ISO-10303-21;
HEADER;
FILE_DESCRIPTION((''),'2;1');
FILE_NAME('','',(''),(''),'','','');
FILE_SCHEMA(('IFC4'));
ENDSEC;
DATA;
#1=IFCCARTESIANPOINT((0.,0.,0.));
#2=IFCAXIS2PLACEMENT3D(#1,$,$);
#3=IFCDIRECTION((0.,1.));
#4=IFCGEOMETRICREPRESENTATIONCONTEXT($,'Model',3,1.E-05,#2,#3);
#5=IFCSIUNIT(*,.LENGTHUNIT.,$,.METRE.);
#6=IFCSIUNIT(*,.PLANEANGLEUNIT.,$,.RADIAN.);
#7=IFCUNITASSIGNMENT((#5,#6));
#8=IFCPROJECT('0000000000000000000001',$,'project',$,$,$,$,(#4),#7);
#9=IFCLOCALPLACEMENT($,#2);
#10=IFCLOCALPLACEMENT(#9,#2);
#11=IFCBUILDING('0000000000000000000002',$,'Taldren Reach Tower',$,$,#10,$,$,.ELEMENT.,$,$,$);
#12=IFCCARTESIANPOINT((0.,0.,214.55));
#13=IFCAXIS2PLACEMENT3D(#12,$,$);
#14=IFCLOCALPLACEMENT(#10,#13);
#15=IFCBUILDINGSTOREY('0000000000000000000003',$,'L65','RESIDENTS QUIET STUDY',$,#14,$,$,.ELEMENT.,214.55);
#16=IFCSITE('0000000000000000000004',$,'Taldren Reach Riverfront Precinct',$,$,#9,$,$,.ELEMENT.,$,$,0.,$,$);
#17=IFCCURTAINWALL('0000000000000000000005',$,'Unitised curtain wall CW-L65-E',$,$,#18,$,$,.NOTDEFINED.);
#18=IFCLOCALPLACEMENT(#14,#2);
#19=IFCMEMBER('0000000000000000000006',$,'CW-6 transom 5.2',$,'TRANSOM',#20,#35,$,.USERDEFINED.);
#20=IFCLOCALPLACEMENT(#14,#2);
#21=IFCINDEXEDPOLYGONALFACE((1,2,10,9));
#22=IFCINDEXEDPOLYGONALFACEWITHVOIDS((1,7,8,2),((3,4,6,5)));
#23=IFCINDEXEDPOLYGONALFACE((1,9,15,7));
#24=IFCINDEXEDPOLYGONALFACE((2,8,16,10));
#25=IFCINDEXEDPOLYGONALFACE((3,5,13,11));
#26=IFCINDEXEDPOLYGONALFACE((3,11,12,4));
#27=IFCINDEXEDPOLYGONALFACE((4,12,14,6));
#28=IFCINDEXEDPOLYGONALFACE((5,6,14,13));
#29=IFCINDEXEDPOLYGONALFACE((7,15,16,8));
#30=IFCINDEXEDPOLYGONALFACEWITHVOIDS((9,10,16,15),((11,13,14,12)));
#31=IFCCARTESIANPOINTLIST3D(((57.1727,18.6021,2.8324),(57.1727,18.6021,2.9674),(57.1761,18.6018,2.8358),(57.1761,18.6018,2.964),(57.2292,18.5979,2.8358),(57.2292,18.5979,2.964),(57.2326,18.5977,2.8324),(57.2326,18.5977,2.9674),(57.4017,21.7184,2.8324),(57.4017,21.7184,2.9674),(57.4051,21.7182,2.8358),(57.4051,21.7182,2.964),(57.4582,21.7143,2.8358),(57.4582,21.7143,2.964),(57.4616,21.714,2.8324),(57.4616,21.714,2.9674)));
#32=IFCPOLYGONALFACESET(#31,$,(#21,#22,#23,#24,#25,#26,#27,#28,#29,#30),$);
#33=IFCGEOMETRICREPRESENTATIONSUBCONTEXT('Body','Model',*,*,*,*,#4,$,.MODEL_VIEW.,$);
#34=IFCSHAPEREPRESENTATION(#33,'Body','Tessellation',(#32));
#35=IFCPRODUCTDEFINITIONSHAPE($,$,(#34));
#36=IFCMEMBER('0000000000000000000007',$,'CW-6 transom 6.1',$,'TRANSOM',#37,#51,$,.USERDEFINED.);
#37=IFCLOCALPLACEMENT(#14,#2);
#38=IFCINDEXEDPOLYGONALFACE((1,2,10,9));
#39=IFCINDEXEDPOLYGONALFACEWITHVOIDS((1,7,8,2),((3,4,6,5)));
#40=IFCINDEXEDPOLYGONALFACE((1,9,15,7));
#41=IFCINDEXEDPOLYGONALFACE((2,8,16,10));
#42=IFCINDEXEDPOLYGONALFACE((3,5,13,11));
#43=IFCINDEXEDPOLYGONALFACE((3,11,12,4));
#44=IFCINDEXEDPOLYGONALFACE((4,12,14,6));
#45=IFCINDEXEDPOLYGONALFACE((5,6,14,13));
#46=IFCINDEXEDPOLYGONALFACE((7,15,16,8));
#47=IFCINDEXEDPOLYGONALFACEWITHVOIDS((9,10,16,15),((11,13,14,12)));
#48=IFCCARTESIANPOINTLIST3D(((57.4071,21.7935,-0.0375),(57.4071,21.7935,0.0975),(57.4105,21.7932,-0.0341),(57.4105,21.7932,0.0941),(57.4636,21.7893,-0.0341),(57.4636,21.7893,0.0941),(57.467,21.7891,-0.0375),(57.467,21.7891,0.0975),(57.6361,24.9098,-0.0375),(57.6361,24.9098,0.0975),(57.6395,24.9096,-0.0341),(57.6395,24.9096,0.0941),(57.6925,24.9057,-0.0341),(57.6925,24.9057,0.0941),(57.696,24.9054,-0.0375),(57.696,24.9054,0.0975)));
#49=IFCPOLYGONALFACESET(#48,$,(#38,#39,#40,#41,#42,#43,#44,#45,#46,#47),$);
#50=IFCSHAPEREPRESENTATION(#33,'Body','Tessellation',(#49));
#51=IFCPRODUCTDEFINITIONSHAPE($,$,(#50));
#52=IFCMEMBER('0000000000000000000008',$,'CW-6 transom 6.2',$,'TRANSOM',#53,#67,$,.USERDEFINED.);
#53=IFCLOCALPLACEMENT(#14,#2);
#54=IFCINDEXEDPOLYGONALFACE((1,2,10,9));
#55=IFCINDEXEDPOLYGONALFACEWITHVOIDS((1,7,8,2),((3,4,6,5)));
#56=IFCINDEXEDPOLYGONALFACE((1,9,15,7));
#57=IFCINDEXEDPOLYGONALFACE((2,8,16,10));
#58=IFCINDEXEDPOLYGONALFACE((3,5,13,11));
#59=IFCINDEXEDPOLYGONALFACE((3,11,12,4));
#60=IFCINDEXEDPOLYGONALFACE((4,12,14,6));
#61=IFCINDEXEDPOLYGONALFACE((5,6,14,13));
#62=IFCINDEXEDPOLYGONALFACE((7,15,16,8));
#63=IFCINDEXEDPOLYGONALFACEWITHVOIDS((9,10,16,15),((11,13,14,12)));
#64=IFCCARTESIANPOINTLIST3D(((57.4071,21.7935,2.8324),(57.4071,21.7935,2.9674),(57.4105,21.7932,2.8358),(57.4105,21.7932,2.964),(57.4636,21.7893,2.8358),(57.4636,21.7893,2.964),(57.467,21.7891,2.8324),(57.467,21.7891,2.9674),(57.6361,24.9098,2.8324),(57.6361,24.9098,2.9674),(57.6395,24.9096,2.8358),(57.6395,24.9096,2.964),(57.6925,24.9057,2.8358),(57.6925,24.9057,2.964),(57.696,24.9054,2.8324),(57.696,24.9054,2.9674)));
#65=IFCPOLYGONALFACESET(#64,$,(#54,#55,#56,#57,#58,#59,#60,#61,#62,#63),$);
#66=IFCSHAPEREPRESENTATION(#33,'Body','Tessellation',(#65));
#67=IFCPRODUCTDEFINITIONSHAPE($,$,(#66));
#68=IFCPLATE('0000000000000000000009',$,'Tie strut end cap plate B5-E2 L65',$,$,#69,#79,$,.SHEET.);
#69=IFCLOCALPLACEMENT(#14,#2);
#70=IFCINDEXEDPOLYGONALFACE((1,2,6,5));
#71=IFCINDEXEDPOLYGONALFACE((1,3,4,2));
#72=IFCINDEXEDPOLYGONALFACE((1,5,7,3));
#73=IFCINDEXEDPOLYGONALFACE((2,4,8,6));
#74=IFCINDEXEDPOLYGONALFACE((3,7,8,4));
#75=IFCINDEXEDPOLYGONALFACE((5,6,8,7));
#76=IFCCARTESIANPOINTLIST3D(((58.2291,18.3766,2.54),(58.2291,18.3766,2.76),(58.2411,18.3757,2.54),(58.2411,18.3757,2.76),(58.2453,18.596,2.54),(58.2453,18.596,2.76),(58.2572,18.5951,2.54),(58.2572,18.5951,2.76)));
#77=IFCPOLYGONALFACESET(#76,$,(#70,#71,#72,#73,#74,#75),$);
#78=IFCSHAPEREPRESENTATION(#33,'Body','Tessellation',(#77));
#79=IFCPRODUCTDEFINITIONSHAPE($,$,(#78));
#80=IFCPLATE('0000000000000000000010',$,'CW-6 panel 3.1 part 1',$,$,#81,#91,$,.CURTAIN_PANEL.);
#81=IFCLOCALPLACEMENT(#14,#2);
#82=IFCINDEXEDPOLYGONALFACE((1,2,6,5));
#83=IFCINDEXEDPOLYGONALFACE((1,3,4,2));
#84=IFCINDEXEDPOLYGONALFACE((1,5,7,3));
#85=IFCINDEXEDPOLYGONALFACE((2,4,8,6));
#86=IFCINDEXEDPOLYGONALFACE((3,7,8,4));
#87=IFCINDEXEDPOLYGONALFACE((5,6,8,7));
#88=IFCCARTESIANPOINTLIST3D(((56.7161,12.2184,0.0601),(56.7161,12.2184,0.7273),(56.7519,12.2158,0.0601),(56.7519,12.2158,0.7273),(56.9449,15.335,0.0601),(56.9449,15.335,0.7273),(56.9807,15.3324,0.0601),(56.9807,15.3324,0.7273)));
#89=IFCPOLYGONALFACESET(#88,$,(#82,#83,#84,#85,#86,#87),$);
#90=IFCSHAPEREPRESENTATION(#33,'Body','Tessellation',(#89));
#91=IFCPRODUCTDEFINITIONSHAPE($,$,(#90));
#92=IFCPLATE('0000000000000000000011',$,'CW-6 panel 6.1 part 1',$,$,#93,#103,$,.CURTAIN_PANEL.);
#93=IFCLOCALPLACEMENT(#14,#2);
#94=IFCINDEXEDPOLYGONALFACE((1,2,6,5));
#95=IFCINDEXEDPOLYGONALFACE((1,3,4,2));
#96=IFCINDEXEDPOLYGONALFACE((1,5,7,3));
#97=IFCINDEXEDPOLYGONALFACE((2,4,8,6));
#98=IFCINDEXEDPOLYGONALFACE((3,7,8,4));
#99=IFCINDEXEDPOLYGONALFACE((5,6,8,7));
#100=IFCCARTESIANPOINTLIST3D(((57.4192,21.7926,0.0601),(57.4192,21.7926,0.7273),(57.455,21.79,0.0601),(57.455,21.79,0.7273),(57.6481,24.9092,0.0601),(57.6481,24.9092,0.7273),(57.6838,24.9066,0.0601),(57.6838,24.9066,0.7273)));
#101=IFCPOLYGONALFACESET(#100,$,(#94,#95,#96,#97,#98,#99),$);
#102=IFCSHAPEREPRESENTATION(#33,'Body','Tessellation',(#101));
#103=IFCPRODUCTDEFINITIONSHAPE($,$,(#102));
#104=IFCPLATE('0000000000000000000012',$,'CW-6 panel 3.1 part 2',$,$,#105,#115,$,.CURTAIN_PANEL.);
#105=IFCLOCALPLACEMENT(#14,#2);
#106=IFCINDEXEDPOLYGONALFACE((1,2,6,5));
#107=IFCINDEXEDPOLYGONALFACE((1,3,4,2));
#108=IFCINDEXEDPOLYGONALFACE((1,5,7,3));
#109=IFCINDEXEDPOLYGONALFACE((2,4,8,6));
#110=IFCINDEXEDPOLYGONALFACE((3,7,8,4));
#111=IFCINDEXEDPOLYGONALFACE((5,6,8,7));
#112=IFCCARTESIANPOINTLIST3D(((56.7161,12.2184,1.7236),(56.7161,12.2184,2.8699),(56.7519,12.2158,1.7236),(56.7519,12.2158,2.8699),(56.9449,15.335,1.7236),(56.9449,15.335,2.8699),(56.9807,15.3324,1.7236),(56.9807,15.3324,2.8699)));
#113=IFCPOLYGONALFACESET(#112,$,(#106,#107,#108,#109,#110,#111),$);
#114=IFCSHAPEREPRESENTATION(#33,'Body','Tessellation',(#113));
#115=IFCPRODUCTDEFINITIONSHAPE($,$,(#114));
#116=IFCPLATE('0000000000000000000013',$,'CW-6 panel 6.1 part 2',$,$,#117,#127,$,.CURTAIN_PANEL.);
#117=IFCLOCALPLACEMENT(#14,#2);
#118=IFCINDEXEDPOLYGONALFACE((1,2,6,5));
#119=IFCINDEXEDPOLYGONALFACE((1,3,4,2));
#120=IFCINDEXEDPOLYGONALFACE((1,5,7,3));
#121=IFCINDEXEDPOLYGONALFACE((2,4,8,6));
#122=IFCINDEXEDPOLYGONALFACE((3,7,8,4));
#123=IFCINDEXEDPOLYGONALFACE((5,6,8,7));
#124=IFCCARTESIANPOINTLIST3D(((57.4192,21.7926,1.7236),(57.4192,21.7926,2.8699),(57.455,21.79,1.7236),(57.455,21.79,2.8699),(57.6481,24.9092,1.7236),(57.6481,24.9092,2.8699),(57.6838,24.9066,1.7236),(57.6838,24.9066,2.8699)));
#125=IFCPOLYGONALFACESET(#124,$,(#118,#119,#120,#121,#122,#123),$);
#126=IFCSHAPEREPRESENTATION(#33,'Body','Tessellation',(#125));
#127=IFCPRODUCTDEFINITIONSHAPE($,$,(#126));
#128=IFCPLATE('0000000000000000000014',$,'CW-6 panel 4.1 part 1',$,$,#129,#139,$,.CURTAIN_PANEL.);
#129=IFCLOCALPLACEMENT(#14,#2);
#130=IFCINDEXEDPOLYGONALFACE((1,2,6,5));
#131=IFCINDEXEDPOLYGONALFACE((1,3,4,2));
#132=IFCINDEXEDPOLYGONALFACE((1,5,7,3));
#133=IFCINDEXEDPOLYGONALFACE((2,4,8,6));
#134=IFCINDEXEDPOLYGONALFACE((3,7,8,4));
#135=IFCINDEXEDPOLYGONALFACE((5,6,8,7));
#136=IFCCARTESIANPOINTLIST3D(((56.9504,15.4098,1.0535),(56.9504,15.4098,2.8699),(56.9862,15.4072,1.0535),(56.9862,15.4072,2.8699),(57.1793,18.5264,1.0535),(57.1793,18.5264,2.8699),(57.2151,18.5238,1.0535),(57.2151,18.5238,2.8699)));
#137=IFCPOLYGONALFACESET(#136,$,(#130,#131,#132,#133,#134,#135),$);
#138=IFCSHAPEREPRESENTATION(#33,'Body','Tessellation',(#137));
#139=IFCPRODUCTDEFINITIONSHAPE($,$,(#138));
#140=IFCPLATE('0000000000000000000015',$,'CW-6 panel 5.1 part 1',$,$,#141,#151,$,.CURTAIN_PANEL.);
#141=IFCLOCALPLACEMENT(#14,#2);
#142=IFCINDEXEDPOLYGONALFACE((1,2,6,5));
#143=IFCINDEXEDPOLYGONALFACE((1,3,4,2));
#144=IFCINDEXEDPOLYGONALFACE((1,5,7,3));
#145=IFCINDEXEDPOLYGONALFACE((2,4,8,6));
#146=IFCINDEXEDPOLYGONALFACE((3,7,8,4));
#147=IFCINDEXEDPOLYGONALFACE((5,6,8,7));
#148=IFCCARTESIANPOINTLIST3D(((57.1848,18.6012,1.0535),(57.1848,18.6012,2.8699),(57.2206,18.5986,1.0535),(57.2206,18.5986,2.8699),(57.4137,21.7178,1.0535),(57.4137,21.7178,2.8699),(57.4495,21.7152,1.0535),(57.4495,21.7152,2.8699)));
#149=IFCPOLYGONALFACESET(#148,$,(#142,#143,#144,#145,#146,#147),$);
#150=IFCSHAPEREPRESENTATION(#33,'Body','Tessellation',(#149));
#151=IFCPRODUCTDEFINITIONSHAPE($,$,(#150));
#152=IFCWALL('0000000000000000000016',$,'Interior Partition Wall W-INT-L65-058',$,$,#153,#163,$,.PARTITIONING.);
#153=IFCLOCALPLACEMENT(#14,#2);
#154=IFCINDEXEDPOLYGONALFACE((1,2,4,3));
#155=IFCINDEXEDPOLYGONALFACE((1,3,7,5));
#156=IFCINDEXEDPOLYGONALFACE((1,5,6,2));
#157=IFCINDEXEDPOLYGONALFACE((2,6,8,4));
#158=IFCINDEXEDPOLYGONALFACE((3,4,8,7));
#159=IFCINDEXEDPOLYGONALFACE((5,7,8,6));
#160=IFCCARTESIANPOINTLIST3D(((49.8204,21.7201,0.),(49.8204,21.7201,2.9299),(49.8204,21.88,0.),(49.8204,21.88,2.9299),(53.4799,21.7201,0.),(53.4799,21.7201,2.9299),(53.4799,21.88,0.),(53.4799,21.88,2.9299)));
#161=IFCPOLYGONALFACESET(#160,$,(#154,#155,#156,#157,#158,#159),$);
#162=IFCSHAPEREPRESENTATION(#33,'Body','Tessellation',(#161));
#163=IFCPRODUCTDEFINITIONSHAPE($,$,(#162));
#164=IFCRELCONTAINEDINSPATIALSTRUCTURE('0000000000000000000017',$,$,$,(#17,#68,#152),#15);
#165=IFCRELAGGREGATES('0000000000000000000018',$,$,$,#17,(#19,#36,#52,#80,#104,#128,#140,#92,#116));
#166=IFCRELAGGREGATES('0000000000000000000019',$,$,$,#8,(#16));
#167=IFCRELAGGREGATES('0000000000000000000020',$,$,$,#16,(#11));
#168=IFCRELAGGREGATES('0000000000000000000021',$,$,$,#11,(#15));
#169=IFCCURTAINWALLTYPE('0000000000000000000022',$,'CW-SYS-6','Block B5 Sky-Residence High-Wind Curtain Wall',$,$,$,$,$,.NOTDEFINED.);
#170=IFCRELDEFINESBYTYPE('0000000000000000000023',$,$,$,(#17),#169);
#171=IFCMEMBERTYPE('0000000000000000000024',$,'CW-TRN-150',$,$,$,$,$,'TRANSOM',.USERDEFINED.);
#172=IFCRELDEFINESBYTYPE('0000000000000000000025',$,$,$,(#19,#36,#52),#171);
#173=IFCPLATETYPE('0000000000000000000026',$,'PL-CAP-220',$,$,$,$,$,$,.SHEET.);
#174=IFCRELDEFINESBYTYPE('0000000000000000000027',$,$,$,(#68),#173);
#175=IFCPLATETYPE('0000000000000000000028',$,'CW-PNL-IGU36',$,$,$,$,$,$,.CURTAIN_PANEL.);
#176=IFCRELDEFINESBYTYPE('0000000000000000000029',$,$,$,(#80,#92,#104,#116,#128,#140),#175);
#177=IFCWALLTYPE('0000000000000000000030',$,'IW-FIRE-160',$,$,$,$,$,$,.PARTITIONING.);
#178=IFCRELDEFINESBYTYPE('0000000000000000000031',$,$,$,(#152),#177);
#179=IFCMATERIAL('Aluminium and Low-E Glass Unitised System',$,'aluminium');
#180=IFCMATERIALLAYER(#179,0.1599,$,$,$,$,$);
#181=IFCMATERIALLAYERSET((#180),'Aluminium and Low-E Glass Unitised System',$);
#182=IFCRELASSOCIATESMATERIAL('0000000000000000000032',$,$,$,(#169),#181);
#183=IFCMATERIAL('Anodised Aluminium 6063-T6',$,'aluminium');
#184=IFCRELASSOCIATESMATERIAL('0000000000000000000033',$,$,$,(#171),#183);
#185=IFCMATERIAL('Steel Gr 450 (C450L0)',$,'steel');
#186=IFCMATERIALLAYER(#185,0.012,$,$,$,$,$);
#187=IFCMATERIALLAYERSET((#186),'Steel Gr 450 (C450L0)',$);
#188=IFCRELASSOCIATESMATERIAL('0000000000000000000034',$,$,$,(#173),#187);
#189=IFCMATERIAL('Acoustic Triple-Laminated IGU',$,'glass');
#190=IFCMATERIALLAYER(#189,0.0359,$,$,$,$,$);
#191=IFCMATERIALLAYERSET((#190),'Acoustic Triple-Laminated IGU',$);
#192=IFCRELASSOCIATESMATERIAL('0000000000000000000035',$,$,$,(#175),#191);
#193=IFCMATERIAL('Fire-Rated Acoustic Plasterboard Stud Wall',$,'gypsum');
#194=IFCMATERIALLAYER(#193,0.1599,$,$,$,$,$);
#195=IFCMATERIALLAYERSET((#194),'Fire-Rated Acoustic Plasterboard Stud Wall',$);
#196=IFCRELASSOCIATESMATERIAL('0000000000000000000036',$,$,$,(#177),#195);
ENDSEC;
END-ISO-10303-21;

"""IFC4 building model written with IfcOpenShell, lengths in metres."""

from ifc_helpers import new_model, si_unit, direction, frame, frame_2d, origin, origin_2d, place, context, subcontext, project, spatial, rectangle, hollow_rectangle, extrude, source, transform, mapped, material, layer, layer_set, material_profile, profile_set, type_object, element, aggregate, save


model = new_model("IFC4")

# Units and contexts
model_context = context("Model", 3, precision=1e-05, world=origin(), true_north=direction((0.0, 1.0)))
body_context = subcontext(model_context, "Body", "Model", "MODEL_VIEW")
ifc_project = project(units=[si_unit("LENGTHUNIT", "METRE"), si_unit("PLANEANGLEUNIT", "RADIAN")], contexts=[model_context])

# Site, building, storey
site_placement = place(None, origin())
site = spatial("IfcSite", under=ifc_project, at=site_placement, Name="Taldren Reach Riverfront Precinct", CompositionType="ELEMENT", RefElevation=0.0)
building_placement = place(site_placement, origin())
building = spatial("IfcBuilding", under=site, at=building_placement, Name="Taldren Reach Tower", CompositionType="ELEMENT")
storey_placement = place(building_placement, frame((0.0, 0.0, 214.55)))
storey = spatial("IfcBuildingStorey", under=building, at=storey_placement, Name="L65", Description="RESIDENTS QUIET STUDY", CompositionType="ELEMENT", Elevation=214.55)

# Shared definitions
ifc_material_1 = material(Name="Steel Gr 450 (C450L0)", Category="steel")

# Curtain wall, members
ifc_material_2 = material(Name="Aluminium and Low-E Glass Unitised System", Category="aluminium")
ifc_layer_1 = layer(ifc_material_2, 0.1599)
ifc_layer_set_1 = layer_set([ifc_layer_1], Name="Aluminium and Low-E Glass Unitised System")
curtain_wall_type = type_object("IfcCurtainWallType", Name="CW-SYS-6", Description="Block B5 Sky-Residence High-Wind Curtain Wall", PredefinedType="NOTDEFINED", material=ifc_layer_set_1)
curtain_wall_placement = place(storey_placement, origin())
curtain_wall = element("IfcCurtainWall", 1, at=curtain_wall_placement, inside=storey, type_object=curtain_wall_type, Name="Unitised curtain wall CW-L65-E", PredefinedType="NOTDEFINED")
ifc_material_3 = material(Name="Anodised Aluminium 6063-T6", Category="aluminium")
ifc_material_profile_1 = material_profile(ifc_material_3, hollow_rectangle(XDim=0.0601, YDim=0.135, WallThickness=0.0034, at=origin_2d()), Name="ALU-135x60x3.5RHS")
ifc_profile_set_1 = profile_set([ifc_material_profile_1], Name="Anodised Aluminium 6063-T6")
member_type_1 = type_object("IfcMemberType", Name="CW-TRN-150", ElementType="TRANSOM", PredefinedType="USERDEFINED", material=ifc_profile_set_1)
shared_shape_1 = source(origin(), body_context, "Body", "SweptSolid", [
    extrude(hollow_rectangle(XDim=0.0601, YDim=0.135, WallThickness=0.0034, at=origin_2d()), origin(), (0.0, 0.0, 1.0), 3.1248),
])
member_1_placement = place(storey_placement, frame((57.2026, 18.5999, 2.8999), z_axis=(0.073285, 0.997311, 0.0), x_axis=(-0.997311, 0.073285, 0.0)))
member_1 = element("IfcMember", 2, at=member_1_placement, type_object=member_type_1, Name="CW-6 transom 5.2", ObjectType="TRANSOM", PredefinedType="USERDEFINED", context=body_context, shape_type="MappedRepresentation", body=[
    mapped(shared_shape_1, transform((0.0, 0.0, 0.0), scale=1.0)),
])
member_2_placement = place(storey_placement, frame((57.437, 21.7913, 0.03), z_axis=(0.073285, 0.997311, 0.0), x_axis=(-0.997311, 0.073285, 0.0)))
member_2 = element("IfcMember", 3, at=member_2_placement, type_object=member_type_1, Name="CW-6 transom 6.1", ObjectType="TRANSOM", PredefinedType="USERDEFINED", context=body_context, shape_type="MappedRepresentation", body=[
    mapped(shared_shape_1, transform((0.0, 0.0, 0.0), scale=1.0)),
])
member_3_placement = place(storey_placement, frame((57.437, 21.7913, 2.8999), z_axis=(0.073285, 0.997311, 0.0), x_axis=(-0.997311, 0.073285, 0.0)))
member_3 = element("IfcMember", 4, at=member_3_placement, type_object=member_type_1, Name="CW-6 transom 6.2", ObjectType="TRANSOM", PredefinedType="USERDEFINED", context=body_context, shape_type="MappedRepresentation", body=[
    mapped(shared_shape_1, transform((0.0, 0.0, 0.0), scale=1.0)),
])

# Plates
ifc_layer_2 = layer(ifc_material_1, 0.012)
ifc_layer_set_2 = layer_set([ifc_layer_2], Name="Steel Gr 450 (C450L0)")
plate_type_1 = type_object("IfcPlateType", Name="PL-CAP-220", PredefinedType="SHEET", material=ifc_layer_set_2)
shared_shape_2 = source(origin(), body_context, "Body", "SweptSolid", [
    extrude(rectangle(XDim=0.012, YDim=0.22, at=origin_2d()), origin(), (0.0, 0.0, 1.0), 0.22),
])
plate_1_placement = place(storey_placement, frame((58.2432, 18.4858, 2.54), z_axis=(0.0, 0.0, 1.0), x_axis=(0.997314, -0.073238, 0.0)))
element("IfcPlate", 5, at=plate_1_placement, inside=storey, type_object=plate_type_1, Name="Tie strut end cap plate B5-E2 L65", PredefinedType="SHEET", context=body_context, shape_type="MappedRepresentation", body=[
    mapped(shared_shape_2, transform((0.0, 0.0, 0.0), scale=1.0)),
])
ifc_material_4 = material(Name="Acoustic Triple-Laminated IGU", Category="glass")
ifc_layer_3 = layer(ifc_material_4, 0.0359)
ifc_layer_set_3 = layer_set([ifc_layer_3], Name="Acoustic Triple-Laminated IGU")
plate_type_2 = type_object("IfcPlateType", Name="CW-PNL-IGU36", PredefinedType="CURTAIN_PANEL", material=ifc_layer_set_3)
shared_shape_3 = source(origin(), body_context, "Body", "SweptSolid", [
    extrude(rectangle(XDim=3.125, YDim=0.0359, at=origin_2d()), origin(), (0.0, 0.0, 1.0), 0.6672),
])
plate_2_placement = place(storey_placement, frame((56.8484, 13.7754, 0.0601), z_axis=(0.0, 0.0, 1.0), x_axis=(0.073238, 0.997314, 0.0)))
plate_2 = element("IfcPlate", 6, at=plate_2_placement, type_object=plate_type_2, Name="CW-6 panel 3.1 part 1", PredefinedType="CURTAIN_PANEL", context=body_context, shape_type="MappedRepresentation", body=[
    mapped(shared_shape_3, transform((0.0, 0.0, 0.0), scale=1.0)),
])
plate_3_placement = place(storey_placement, frame((57.5515, 23.3496, 0.0601), z_axis=(0.0, 0.0, 1.0), x_axis=(0.073238, 0.997314, 0.0)))
plate_3 = element("IfcPlate", 7, at=plate_3_placement, type_object=plate_type_2, Name="CW-6 panel 6.1 part 1", PredefinedType="CURTAIN_PANEL", context=body_context, shape_type="MappedRepresentation", body=[
    mapped(shared_shape_3, transform((0.0, 0.0, 0.0), scale=1.0)),
])
shared_shape_4 = source(origin(), body_context, "Body", "SweptSolid", [
    extrude(rectangle(XDim=3.125, YDim=0.0359, at=origin_2d()), origin(), (0.0, 0.0, 1.0), 1.1462),
])
plate_4_placement = place(storey_placement, frame((56.8484, 13.7754, 1.7236), z_axis=(0.0, 0.0, 1.0), x_axis=(0.073238, 0.997314, 0.0)))
plate_4 = element("IfcPlate", 8, at=plate_4_placement, type_object=plate_type_2, Name="CW-6 panel 3.1 part 2", PredefinedType="CURTAIN_PANEL", context=body_context, shape_type="MappedRepresentation", body=[
    mapped(shared_shape_4, transform((0.0, 0.0, 0.0), scale=1.0)),
])
plate_5_placement = place(storey_placement, frame((57.5515, 23.3496, 1.7236), z_axis=(0.0, 0.0, 1.0), x_axis=(0.073238, 0.997314, 0.0)))
plate_5 = element("IfcPlate", 9, at=plate_5_placement, type_object=plate_type_2, Name="CW-6 panel 6.1 part 2", PredefinedType="CURTAIN_PANEL", context=body_context, shape_type="MappedRepresentation", body=[
    mapped(shared_shape_4, transform((0.0, 0.0, 0.0), scale=1.0)),
])
shared_shape_5 = source(origin(), body_context, "Body", "SweptSolid", [
    extrude(rectangle(XDim=3.125, YDim=0.0359, at=origin_2d()), origin(), (0.0, 0.0, 1.0), 1.8164),
])
plate_6_placement = place(storey_placement, frame((57.0828, 16.9668, 1.0535), z_axis=(0.0, 0.0, 1.0), x_axis=(0.073238, 0.997314, 0.0)))
plate_6 = element("IfcPlate", 10, at=plate_6_placement, type_object=plate_type_2, Name="CW-6 panel 4.1 part 1", PredefinedType="CURTAIN_PANEL", context=body_context, shape_type="MappedRepresentation", body=[
    mapped(shared_shape_5, transform((0.0, 0.0, 0.0), scale=1.0)),
])
plate_7_placement = place(storey_placement, frame((57.3171, 20.1582, 1.0535), z_axis=(0.0, 0.0, 1.0), x_axis=(0.073238, 0.997314, 0.0)))
plate_7 = element("IfcPlate", 11, at=plate_7_placement, type_object=plate_type_2, Name="CW-6 panel 5.1 part 1", PredefinedType="CURTAIN_PANEL", context=body_context, shape_type="MappedRepresentation", body=[
    mapped(shared_shape_5, transform((0.0, 0.0, 0.0), scale=1.0)),
])
aggregate(curtain_wall, [member_1, member_2, member_3, plate_2, plate_4, plate_6, plate_7, plate_3, plate_5])

# Wall
ifc_material_5 = material(Name="Fire-Rated Acoustic Plasterboard Stud Wall", Category="gypsum")
ifc_layer_4 = layer(ifc_material_5, 0.1599)
ifc_layer_set_4 = layer_set([ifc_layer_4], Name="Fire-Rated Acoustic Plasterboard Stud Wall")
wall_type_1 = type_object("IfcWallType", Name="IW-FIRE-160", PredefinedType="PARTITIONING", material=ifc_layer_set_4)
shared_shape_6 = source(origin(), body_context, "Body", "SweptSolid", [
    extrude(rectangle(XDim=3.6594, YDim=0.1599, at=frame_2d((1.8296, 0.0))), origin(), (0.0, 0.0, 1.0), 2.9299),
])
wall_1_placement = place(storey_placement, frame((53.4797, 21.8, 0.0), z_axis=(0.0, 0.0, 1.0), x_axis=(-1.0, 0.0, 0.0)))
element("IfcWall", 12, at=wall_1_placement, inside=storey, type_object=wall_type_1, Name="Interior Partition Wall W-INT-L65-058", PredefinedType="PARTITIONING", context=body_context, shape_type="MappedRepresentation", body=[
    mapped(shared_shape_6, transform((0.0, 0.0, 0.0), scale=1.0)),
])

save(model, "model.ifc")
